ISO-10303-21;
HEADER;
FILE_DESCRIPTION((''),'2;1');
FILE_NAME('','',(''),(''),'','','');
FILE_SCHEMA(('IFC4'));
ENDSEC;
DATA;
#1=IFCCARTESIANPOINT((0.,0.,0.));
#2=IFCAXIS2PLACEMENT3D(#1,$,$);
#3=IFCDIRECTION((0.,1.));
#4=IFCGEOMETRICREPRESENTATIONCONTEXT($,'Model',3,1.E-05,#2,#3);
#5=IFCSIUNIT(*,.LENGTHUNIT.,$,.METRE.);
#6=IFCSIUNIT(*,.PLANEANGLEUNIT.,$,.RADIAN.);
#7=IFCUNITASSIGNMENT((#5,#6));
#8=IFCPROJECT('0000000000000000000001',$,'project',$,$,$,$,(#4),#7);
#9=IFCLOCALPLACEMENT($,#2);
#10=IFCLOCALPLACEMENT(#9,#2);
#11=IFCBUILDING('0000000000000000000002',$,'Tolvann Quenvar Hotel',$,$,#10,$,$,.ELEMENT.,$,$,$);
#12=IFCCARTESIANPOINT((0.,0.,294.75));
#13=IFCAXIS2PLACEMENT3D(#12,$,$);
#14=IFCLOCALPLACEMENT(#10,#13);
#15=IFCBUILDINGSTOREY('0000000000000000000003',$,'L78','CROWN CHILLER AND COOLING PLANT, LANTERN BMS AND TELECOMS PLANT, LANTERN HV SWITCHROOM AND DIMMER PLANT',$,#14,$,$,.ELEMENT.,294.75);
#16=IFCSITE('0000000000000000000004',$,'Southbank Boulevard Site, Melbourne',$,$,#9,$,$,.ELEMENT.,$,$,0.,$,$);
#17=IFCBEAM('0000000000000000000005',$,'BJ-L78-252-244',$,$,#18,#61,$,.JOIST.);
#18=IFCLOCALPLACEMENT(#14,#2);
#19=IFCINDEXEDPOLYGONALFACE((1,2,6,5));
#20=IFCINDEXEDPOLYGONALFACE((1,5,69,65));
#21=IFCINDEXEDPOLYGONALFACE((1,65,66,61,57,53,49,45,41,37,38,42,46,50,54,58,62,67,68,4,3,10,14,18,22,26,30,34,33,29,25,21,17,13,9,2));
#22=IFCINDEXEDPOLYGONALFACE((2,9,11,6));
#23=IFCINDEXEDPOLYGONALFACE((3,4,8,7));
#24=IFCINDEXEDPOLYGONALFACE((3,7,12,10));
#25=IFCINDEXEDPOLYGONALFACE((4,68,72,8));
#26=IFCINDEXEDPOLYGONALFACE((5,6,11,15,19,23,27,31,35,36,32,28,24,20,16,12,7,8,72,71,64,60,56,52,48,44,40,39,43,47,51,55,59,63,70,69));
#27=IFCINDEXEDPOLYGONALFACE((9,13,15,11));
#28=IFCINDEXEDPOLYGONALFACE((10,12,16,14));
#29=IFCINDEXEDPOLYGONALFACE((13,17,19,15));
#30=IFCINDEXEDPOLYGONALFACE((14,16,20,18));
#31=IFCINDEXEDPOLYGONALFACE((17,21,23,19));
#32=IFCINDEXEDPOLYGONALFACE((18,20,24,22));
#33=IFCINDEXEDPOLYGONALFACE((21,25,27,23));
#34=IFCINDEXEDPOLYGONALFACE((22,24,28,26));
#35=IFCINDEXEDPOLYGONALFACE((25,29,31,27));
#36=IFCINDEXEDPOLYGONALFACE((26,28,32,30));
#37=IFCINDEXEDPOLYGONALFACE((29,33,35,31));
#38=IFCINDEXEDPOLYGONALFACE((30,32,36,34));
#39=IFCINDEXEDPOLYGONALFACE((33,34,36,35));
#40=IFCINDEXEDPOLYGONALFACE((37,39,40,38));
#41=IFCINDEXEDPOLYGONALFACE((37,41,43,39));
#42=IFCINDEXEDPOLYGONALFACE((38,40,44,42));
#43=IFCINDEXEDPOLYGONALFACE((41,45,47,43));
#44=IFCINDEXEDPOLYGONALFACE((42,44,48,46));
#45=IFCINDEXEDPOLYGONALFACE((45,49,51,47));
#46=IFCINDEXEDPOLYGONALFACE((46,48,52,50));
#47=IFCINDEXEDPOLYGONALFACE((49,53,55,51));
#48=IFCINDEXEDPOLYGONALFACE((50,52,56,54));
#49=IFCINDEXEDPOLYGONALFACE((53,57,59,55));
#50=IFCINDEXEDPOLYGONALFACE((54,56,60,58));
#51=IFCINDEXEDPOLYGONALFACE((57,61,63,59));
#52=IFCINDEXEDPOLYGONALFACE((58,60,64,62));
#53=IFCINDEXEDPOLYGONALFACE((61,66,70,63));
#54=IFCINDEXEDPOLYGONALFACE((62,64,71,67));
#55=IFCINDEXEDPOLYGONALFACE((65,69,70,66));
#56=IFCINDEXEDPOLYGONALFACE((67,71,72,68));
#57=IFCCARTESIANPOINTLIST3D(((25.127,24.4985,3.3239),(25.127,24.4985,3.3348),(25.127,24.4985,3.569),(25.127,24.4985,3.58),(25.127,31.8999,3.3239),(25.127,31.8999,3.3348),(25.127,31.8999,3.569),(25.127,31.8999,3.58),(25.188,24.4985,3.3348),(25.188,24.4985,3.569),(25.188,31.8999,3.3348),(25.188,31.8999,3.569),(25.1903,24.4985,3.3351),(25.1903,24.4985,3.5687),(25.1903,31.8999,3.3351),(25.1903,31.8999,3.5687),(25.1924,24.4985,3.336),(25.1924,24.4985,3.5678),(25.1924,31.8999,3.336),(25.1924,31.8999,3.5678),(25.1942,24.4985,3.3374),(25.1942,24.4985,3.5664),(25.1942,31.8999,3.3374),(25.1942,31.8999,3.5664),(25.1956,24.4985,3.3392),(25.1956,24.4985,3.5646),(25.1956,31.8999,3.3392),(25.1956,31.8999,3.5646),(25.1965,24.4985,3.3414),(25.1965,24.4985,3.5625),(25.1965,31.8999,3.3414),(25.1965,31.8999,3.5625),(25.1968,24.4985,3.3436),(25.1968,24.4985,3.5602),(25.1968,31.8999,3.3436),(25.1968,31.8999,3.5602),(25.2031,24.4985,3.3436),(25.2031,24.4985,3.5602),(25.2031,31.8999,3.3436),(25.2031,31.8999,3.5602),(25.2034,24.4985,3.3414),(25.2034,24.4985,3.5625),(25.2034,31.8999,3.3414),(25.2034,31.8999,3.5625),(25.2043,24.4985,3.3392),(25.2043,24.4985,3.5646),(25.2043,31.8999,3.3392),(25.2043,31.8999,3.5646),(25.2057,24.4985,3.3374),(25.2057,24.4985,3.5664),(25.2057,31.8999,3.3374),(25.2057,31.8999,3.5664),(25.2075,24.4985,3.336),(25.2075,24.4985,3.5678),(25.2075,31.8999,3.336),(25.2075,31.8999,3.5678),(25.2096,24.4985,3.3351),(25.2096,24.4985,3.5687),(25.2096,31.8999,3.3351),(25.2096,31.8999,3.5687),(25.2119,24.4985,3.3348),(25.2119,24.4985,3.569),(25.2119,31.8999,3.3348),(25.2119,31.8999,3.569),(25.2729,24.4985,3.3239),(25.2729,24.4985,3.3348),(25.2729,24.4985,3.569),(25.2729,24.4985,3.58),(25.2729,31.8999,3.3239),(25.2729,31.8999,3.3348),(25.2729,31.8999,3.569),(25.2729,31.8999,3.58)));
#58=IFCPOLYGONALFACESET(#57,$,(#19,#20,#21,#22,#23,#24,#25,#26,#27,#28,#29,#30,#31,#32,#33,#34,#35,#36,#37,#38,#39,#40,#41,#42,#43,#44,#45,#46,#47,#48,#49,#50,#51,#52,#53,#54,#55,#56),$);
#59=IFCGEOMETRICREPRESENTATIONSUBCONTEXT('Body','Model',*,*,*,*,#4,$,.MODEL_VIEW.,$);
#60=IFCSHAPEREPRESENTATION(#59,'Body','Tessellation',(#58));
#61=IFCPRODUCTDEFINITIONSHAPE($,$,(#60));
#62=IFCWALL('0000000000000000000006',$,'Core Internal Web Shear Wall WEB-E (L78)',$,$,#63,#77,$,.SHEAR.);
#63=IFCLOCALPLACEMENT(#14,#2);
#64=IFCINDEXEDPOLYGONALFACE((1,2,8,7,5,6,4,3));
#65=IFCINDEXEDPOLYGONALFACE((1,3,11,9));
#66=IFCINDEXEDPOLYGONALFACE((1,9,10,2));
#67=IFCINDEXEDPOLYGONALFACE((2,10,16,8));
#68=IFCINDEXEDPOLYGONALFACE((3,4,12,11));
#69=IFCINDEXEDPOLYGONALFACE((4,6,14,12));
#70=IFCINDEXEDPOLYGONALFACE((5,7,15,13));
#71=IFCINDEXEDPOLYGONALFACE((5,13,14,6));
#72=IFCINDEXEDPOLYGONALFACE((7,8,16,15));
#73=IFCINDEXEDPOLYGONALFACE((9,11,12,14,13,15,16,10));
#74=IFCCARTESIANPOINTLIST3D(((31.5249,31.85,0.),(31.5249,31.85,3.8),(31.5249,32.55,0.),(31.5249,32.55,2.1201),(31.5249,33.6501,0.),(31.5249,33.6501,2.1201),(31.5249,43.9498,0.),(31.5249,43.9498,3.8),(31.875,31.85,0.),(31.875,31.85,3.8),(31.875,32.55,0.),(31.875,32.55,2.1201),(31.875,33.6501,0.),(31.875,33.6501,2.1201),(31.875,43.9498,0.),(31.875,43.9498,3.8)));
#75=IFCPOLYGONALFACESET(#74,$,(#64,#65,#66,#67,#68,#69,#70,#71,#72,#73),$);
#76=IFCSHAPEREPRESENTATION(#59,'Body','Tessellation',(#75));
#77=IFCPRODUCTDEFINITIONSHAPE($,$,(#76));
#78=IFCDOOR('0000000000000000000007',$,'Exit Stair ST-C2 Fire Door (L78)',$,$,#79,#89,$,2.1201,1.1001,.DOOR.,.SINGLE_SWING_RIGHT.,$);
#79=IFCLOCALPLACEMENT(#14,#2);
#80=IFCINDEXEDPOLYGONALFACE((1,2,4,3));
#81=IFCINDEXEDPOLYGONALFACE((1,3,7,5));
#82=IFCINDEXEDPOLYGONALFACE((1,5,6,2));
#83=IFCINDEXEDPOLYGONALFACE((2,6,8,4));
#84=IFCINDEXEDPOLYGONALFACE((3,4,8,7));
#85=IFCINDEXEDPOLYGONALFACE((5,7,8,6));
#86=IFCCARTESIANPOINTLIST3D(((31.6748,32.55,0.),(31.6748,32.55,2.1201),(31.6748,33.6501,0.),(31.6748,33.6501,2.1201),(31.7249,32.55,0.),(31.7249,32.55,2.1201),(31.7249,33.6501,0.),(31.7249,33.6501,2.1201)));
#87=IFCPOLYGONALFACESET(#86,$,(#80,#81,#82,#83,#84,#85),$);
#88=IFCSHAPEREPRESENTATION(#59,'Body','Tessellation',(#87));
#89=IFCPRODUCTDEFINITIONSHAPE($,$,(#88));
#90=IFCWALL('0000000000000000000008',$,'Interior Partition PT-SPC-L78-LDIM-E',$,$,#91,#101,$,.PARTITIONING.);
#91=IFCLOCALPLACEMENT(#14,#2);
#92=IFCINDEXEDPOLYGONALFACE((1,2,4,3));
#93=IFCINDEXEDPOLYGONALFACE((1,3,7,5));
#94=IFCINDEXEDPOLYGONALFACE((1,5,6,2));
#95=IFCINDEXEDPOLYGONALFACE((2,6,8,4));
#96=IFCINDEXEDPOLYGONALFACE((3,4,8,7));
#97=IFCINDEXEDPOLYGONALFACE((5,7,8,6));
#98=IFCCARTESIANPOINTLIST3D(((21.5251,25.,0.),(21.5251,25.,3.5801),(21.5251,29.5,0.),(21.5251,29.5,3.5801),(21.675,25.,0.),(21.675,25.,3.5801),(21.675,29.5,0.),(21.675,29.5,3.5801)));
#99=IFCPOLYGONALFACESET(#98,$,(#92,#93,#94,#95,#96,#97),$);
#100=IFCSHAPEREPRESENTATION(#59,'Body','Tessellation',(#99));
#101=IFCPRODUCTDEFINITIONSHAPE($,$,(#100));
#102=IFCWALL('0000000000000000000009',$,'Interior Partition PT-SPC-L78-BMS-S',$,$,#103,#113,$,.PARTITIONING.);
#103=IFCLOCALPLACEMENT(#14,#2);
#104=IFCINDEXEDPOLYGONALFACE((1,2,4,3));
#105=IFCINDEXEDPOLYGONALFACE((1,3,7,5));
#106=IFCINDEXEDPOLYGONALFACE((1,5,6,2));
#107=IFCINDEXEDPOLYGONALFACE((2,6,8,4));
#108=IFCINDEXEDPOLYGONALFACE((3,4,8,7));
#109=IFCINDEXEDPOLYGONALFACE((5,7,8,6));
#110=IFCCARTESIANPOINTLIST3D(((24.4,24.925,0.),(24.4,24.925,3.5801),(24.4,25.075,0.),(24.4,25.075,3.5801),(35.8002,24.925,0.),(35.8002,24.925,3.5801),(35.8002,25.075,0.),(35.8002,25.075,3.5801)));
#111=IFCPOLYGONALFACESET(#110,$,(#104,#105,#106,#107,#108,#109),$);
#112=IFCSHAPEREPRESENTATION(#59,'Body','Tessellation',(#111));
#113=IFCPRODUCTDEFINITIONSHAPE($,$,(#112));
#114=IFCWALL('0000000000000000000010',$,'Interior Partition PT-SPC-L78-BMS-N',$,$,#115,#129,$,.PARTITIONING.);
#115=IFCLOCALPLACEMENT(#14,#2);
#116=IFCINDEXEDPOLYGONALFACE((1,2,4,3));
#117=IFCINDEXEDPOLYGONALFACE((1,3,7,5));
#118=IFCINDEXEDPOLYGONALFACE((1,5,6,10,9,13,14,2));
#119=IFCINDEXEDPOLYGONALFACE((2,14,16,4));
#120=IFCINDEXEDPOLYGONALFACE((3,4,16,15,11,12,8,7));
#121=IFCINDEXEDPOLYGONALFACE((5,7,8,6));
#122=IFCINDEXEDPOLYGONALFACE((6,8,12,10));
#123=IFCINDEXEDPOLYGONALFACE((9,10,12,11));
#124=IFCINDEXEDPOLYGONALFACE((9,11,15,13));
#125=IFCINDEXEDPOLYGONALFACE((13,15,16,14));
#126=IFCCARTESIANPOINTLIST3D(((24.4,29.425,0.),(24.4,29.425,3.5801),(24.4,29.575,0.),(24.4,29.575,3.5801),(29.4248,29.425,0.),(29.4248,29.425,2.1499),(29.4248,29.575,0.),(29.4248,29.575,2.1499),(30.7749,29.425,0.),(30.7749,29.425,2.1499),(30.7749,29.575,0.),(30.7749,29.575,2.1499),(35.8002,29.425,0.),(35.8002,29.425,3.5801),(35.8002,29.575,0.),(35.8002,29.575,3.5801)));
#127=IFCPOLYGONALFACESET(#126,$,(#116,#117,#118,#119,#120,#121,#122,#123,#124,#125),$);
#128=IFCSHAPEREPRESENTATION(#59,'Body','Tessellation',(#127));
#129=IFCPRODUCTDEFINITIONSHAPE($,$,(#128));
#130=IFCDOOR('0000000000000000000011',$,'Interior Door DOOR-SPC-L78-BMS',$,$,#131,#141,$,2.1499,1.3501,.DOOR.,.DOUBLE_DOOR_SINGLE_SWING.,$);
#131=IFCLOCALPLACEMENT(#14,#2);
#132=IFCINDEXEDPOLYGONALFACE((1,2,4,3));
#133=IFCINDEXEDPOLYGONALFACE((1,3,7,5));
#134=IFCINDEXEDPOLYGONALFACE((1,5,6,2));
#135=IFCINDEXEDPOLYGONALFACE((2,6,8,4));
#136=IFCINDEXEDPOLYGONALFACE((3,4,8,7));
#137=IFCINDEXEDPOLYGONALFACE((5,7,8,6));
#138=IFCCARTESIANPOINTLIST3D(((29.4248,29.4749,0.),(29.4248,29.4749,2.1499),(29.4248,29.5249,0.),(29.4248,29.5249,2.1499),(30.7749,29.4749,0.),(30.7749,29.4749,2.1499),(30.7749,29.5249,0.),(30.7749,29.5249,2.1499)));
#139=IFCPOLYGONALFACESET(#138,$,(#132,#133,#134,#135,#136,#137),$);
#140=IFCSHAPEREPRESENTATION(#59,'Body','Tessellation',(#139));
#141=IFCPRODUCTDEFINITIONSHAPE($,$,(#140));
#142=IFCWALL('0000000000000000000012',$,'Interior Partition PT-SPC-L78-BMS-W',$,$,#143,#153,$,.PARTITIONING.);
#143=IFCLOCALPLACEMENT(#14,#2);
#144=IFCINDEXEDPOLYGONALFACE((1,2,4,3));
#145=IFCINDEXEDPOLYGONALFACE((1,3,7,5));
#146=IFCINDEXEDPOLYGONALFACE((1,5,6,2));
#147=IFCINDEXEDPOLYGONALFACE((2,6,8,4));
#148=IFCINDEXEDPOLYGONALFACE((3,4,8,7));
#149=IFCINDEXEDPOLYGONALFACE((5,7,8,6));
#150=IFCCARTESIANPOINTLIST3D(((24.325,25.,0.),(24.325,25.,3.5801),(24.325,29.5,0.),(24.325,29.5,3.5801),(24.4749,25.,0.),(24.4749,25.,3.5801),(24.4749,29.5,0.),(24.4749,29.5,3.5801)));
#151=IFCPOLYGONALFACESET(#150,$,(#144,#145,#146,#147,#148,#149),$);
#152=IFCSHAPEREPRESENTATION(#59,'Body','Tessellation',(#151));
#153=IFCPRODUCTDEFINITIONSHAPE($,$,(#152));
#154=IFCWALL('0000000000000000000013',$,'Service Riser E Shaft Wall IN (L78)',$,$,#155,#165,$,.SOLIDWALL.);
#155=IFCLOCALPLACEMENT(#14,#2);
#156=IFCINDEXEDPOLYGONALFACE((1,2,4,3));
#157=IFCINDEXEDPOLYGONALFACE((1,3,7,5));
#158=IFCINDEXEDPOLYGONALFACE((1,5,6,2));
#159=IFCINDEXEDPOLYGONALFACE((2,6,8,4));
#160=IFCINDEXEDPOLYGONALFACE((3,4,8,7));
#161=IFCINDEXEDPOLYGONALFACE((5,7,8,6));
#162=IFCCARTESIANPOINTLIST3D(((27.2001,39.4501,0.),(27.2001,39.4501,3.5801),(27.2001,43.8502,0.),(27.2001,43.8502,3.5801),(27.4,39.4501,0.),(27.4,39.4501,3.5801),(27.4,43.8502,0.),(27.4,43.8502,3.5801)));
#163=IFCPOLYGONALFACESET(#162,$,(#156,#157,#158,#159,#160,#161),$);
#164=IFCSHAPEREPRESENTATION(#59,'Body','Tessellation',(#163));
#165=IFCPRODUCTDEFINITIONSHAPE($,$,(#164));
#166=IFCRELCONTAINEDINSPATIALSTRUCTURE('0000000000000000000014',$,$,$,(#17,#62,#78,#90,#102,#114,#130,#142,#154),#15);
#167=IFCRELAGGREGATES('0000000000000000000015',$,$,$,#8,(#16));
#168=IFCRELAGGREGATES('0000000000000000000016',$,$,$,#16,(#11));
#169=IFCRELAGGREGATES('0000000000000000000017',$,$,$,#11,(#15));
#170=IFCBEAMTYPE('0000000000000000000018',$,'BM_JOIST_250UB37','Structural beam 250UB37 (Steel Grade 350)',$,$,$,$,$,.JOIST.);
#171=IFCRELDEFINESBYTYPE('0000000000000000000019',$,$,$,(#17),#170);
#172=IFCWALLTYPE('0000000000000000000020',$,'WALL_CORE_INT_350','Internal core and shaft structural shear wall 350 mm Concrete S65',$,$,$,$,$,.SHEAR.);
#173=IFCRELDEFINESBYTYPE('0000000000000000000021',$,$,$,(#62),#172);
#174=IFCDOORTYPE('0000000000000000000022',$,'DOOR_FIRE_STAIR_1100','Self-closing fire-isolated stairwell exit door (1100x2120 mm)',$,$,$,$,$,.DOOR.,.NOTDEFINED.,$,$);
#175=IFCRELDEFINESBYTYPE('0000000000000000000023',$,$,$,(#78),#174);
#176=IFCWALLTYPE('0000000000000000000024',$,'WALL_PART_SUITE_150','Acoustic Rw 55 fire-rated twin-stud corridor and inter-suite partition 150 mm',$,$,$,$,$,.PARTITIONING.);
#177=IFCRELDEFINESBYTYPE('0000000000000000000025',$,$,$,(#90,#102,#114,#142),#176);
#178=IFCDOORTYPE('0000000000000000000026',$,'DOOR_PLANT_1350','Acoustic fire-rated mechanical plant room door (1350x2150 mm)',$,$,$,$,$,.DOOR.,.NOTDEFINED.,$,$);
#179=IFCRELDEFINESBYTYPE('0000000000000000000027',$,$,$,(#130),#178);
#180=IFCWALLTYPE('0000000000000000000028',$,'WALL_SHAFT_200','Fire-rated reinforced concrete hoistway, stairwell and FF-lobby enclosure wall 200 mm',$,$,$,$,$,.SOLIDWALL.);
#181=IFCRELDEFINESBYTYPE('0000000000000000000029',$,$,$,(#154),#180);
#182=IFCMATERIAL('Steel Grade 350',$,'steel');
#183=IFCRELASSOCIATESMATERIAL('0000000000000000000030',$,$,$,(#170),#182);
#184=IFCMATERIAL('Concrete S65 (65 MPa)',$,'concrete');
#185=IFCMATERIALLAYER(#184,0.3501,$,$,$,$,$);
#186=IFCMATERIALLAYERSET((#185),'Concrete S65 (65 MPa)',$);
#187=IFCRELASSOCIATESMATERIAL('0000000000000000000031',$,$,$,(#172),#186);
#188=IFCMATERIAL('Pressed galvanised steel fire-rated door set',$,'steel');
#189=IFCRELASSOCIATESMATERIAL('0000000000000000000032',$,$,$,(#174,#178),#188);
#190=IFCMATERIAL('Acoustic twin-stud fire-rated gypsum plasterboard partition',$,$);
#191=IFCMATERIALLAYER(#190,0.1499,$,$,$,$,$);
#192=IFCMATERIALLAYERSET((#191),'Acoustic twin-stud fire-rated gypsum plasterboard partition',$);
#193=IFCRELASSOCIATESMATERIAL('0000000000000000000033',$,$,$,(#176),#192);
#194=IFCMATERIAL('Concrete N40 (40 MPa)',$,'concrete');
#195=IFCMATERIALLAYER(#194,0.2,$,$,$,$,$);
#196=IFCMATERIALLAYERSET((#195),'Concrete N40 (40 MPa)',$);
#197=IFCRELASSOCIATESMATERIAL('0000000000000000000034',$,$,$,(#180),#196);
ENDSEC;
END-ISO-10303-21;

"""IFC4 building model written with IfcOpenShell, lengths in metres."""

from ifc_helpers import new_model, si_unit, direction, frame, frame_2d, origin, origin_2d, place, context, subcontext, project, spatial, rectangle, i_section, extrude, source, transform, mapped, material, layer, layer_set, material_profile, profile_set, type_object, type_shapes, element, fill, save


model = new_model("IFC4")

# Units and contexts
model_context = context("Model", 3, precision=1e-05, world=origin(), true_north=direction((0.0, 1.0)))
body_context = subcontext(model_context, "Body", "Model", "MODEL_VIEW")
ifc_project = project(units=[si_unit("LENGTHUNIT", "METRE"), si_unit("PLANEANGLEUNIT", "RADIAN")], contexts=[model_context])

# Site, building, storey
site_placement = place(None, origin())
site = spatial("IfcSite", under=ifc_project, at=site_placement, Name="Southbank Boulevard Site, Melbourne", CompositionType="ELEMENT", RefElevation=0.0)
building_placement = place(site_placement, origin())
building = spatial("IfcBuilding", under=site, at=building_placement, Name="Tolvann Quenvar Hotel", CompositionType="ELEMENT")
storey_placement = place(building_placement, frame((0.0, 0.0, 294.75)))
storey = spatial("IfcBuildingStorey", under=building, at=storey_placement, Name="L78", Description="CROWN CHILLER AND COOLING PLANT, LANTERN BMS AND TELECOMS PLANT, LANTERN HV SWITCHROOM AND DIMMER PLANT", CompositionType="ELEMENT", Elevation=294.75)

# Beam
ifc_material_1 = material(Name="Steel Grade 350", Category="steel")
ifc_material_profile_1 = material_profile(ifc_material_1, i_section(OverallWidth=0.146, OverallDepth=0.2561, WebThickness=0.0063, FlangeThickness=0.011, FilletRadius=0.0088, at=origin_2d()), Name="250UB37")
ifc_profile_set_1 = profile_set([ifc_material_profile_1], Name="Steel Grade 350")
beam_type_1 = type_object("IfcBeamType", Name="BM_JOIST_250UB37", Description="Structural beam 250UB37 (Steel Grade 350)", PredefinedType="JOIST", material=ifc_profile_set_1)
shared_shape_1 = source(origin(), body_context, "Body", "SweptSolid", [
    extrude(i_section(OverallWidth=0.146, OverallDepth=0.2561, WebThickness=0.0063, FlangeThickness=0.011, FilletRadius=0.0088, at=origin_2d()), origin(), (0.0, 0.0, 1.0), 7.4014),
])
type_shapes(beam_type_1, [shared_shape_1])
beam_1_placement = place(storey_placement, frame((25.2, 24.4985, 3.4519), z_axis=(0.0, 1.0, 0.0), x_axis=(-1.0, 0.0, 0.0)))
element("IfcBeam", 1, at=beam_1_placement, inside=storey, type_object=beam_type_1, Name="BJ-L78-252-244", PredefinedType="JOIST", context=body_context, shape_type="MappedRepresentation", body=[
    mapped(shared_shape_1, transform((0.0, 0.0, 0.0), x_axis=(1.0, 0.0, 0.0), y_axis=(0.0, 1.0, 0.0), z_axis=(0.0, 0.0, 1.0), scale=1.0)),
])

# Wall, opening, door
ifc_material_2 = material(Name="Concrete S65 (65 MPa)", Category="concrete")
ifc_layer_1 = layer(ifc_material_2, 0.3501)
ifc_layer_set_1 = layer_set([ifc_layer_1], Name="Concrete S65 (65 MPa)")
wall_type_1 = type_object("IfcWallType", Name="WALL_CORE_INT_350", Description="Internal core and shaft structural shear wall 350 mm Concrete S65", PredefinedType="SHEAR", material=ifc_layer_set_1)
wall_1_placement = place(storey_placement, frame((31.7, 31.8501, 0.0), z_axis=(0.0, 0.0, 1.0), x_axis=(0.0, 1.0, 0.0)))
wall_1 = element("IfcWall", 2, at=wall_1_placement, inside=storey, type_object=wall_type_1, Name="Core Internal Web Shear Wall WEB-E (L78)", PredefinedType="SHEAR", context=body_context, shape_type="SweptSolid", body=[
    extrude(rectangle(XDim=12.0999, YDim=0.3501, at=frame_2d((6.0498, 0.0))), origin(), (0.0, 0.0, 1.0), 3.8),
])
opening_1_placement = place(wall_1_placement, frame((1.8, 0.0, 0.0), z_axis=(0.0, 0.0, 1.0), x_axis=(-1.0, 0.0, 0.0)))
opening_1 = element("IfcOpeningElement", 3, at=opening_1_placement, cuts=wall_1, PredefinedType="OPENING", context=body_context, shape_type="SweptSolid", body=[
    extrude(rectangle(XDim=1.1001, YDim=2.1201, at=frame_2d((0.55, 1.0601))), frame((0.0, 0.1851, 0.0), z_axis=(0.0, -1.0, 0.0), x_axis=(1.0, 0.0, 0.0)), (0.0, 0.0, 1.0), 0.3701),
])
ifc_material_3 = material(Name="Pressed galvanised steel fire-rated door set", Category="steel")
door_type_1 = type_object("IfcDoorType", Name="DOOR_FIRE_STAIR_1100", Description="Self-closing fire-isolated stairwell exit door (1100x2120 mm)", OperationType="NOTDEFINED", PredefinedType="DOOR", material=ifc_material_3)
shared_shape_2 = source(origin(), body_context, "Body", "SweptSolid", [
    extrude(rectangle(XDim=1.1001, YDim=2.1201, at=frame_2d((0.55, 1.0601))), frame((0.0, 0.0249, 0.0), z_axis=(0.0, -1.0, 0.0), x_axis=(1.0, 0.0, 0.0)), (0.0, 0.0, 1.0), 0.05),
])
type_shapes(door_type_1, [shared_shape_2])
door_1_placement = place(opening_1_placement, origin())
door_1 = element("IfcDoor", 4, at=door_1_placement, inside=storey, type_object=door_type_1, Name="Exit Stair ST-C2 Fire Door (L78)", OperationType="SINGLE_SWING_RIGHT", OverallHeight=2.1201, OverallWidth=1.1001, PredefinedType="DOOR", context=body_context, shape_type="MappedRepresentation", body=[
    mapped(shared_shape_2, transform((0.0, 0.0, 0.0), x_axis=(1.0, 0.0, 0.0), y_axis=(0.0, 1.0, 0.0), z_axis=(0.0, 0.0, 1.0), scale=1.0)),
])
fill(opening_1, door_1)

# Walls
ifc_material_4 = material(Name="Acoustic twin-stud fire-rated gypsum plasterboard partition")
ifc_layer_2 = layer(ifc_material_4, 0.1499)
ifc_layer_set_2 = layer_set([ifc_layer_2], Name="Acoustic twin-stud fire-rated gypsum plasterboard partition")
wall_type_2 = type_object("IfcWallType", Name="WALL_PART_SUITE_150", Description="Acoustic Rw 55 fire-rated twin-stud corridor and inter-suite partition 150 mm", PredefinedType="PARTITIONING", material=ifc_layer_set_2)
wall_2_placement = place(storey_placement, frame((21.6001, 25.0, 0.0), z_axis=(0.0, 0.0, 1.0), x_axis=(0.0, 1.0, 0.0)))
element("IfcWall", 5, at=wall_2_placement, inside=storey, type_object=wall_type_2, Name="Interior Partition PT-SPC-L78-LDIM-E", PredefinedType="PARTITIONING", context=body_context, shape_type="SweptSolid", body=[
    extrude(rectangle(XDim=4.5, YDim=0.1499, at=frame_2d((2.25, 0.0))), origin(), (0.0, 0.0, 1.0), 3.5801),
])
wall_3_placement = place(storey_placement, frame((24.3999, 25.0, 0.0), z_axis=(0.0, 0.0, 1.0), x_axis=(1.0, 0.0, 0.0)))
element("IfcWall", 6, at=wall_3_placement, inside=storey, type_object=wall_type_2, Name="Interior Partition PT-SPC-L78-BMS-S", PredefinedType="PARTITIONING", context=body_context, shape_type="SweptSolid", body=[
    extrude(rectangle(XDim=11.4001, YDim=0.1499, at=frame_2d((5.7002, 0.0))), origin(), (0.0, 0.0, 1.0), 3.5801),
])

# Wall, opening, door
wall_4_placement = place(storey_placement, frame((24.3999, 29.5, 0.0), z_axis=(0.0, 0.0, 1.0), x_axis=(1.0, 0.0, 0.0)))
wall_4 = element("IfcWall", 7, at=wall_4_placement, inside=storey, type_object=wall_type_2, Name="Interior Partition PT-SPC-L78-BMS-N", PredefinedType="PARTITIONING", context=body_context, shape_type="SweptSolid", body=[
    extrude(rectangle(XDim=11.4001, YDim=0.1499, at=frame_2d((5.7002, 0.0))), origin(), (0.0, 0.0, 1.0), 3.5801),
])
opening_2_placement = place(wall_4_placement, frame((5.0249, 0.0, 0.0)))
opening_2 = element("IfcOpeningElement", 8, at=opening_2_placement, cuts=wall_4, PredefinedType="OPENING", context=body_context, shape_type="SweptSolid", body=[
    extrude(rectangle(XDim=1.3501, YDim=2.1499, at=frame_2d((0.675, 1.075))), frame((0.0, 0.085, 0.0), z_axis=(0.0, -1.0, 0.0), x_axis=(1.0, 0.0, 0.0)), (0.0, 0.0, 1.0), 0.1699),
])
door_type_2 = type_object("IfcDoorType", Name="DOOR_PLANT_1350", Description="Acoustic fire-rated mechanical plant room door (1350x2150 mm)", OperationType="NOTDEFINED", PredefinedType="DOOR", material=ifc_material_3)
shared_shape_3 = source(origin(), body_context, "Body", "SweptSolid", [
    extrude(rectangle(XDim=1.3501, YDim=2.1499, at=frame_2d((0.675, 1.075))), frame((0.0, 0.0249, 0.0), z_axis=(0.0, -1.0, 0.0), x_axis=(1.0, 0.0, 0.0)), (0.0, 0.0, 1.0), 0.05),
])
type_shapes(door_type_2, [shared_shape_3])
door_2_placement = place(opening_2_placement, origin())
door_2 = element("IfcDoor", 9, at=door_2_placement, inside=storey, type_object=door_type_2, Name="Interior Door DOOR-SPC-L78-BMS", OperationType="DOUBLE_DOOR_SINGLE_SWING", OverallHeight=2.1499, OverallWidth=1.3501, PredefinedType="DOOR", context=body_context, shape_type="MappedRepresentation", body=[
    mapped(shared_shape_3, transform((0.0, 0.0, 0.0), x_axis=(1.0, 0.0, 0.0), y_axis=(0.0, 1.0, 0.0), z_axis=(0.0, 0.0, 1.0), scale=1.0)),
])
fill(opening_2, door_2)

# Walls
wall_5_placement = place(storey_placement, frame((24.3999, 25.0, 0.0), z_axis=(0.0, 0.0, 1.0), x_axis=(0.0, 1.0, 0.0)))
element("IfcWall", 10, at=wall_5_placement, inside=storey, type_object=wall_type_2, Name="Interior Partition PT-SPC-L78-BMS-W", PredefinedType="PARTITIONING", context=body_context, shape_type="SweptSolid", body=[
    extrude(rectangle(XDim=4.5, YDim=0.1499, at=frame_2d((2.25, 0.0))), origin(), (0.0, 0.0, 1.0), 3.5801),
])
ifc_material_5 = material(Name="Concrete N40 (40 MPa)", Category="concrete")
ifc_layer_3 = layer(ifc_material_5, 0.2)
ifc_layer_set_3 = layer_set([ifc_layer_3], Name="Concrete N40 (40 MPa)")
wall_type_3 = type_object("IfcWallType", Name="WALL_SHAFT_200", Description="Fire-rated reinforced concrete hoistway, stairwell and FF-lobby enclosure wall 200 mm", PredefinedType="SOLIDWALL", material=ifc_layer_set_3)
wall_6_placement = place(storey_placement, frame((27.3, 39.45, 0.0), z_axis=(0.0, 0.0, 1.0), x_axis=(0.0, 1.0, 0.0)))
element("IfcWall", 11, at=wall_6_placement, inside=storey, type_object=wall_type_3, Name="Service Riser E Shaft Wall IN (L78)", PredefinedType="SOLIDWALL", context=body_context, shape_type="SweptSolid", body=[
    extrude(rectangle(XDim=4.4001, YDim=0.2, at=frame_2d((2.2002, 0.0))), origin(), (0.0, 0.0, 1.0), 3.5801),
])

save(model, "model.ifc")
